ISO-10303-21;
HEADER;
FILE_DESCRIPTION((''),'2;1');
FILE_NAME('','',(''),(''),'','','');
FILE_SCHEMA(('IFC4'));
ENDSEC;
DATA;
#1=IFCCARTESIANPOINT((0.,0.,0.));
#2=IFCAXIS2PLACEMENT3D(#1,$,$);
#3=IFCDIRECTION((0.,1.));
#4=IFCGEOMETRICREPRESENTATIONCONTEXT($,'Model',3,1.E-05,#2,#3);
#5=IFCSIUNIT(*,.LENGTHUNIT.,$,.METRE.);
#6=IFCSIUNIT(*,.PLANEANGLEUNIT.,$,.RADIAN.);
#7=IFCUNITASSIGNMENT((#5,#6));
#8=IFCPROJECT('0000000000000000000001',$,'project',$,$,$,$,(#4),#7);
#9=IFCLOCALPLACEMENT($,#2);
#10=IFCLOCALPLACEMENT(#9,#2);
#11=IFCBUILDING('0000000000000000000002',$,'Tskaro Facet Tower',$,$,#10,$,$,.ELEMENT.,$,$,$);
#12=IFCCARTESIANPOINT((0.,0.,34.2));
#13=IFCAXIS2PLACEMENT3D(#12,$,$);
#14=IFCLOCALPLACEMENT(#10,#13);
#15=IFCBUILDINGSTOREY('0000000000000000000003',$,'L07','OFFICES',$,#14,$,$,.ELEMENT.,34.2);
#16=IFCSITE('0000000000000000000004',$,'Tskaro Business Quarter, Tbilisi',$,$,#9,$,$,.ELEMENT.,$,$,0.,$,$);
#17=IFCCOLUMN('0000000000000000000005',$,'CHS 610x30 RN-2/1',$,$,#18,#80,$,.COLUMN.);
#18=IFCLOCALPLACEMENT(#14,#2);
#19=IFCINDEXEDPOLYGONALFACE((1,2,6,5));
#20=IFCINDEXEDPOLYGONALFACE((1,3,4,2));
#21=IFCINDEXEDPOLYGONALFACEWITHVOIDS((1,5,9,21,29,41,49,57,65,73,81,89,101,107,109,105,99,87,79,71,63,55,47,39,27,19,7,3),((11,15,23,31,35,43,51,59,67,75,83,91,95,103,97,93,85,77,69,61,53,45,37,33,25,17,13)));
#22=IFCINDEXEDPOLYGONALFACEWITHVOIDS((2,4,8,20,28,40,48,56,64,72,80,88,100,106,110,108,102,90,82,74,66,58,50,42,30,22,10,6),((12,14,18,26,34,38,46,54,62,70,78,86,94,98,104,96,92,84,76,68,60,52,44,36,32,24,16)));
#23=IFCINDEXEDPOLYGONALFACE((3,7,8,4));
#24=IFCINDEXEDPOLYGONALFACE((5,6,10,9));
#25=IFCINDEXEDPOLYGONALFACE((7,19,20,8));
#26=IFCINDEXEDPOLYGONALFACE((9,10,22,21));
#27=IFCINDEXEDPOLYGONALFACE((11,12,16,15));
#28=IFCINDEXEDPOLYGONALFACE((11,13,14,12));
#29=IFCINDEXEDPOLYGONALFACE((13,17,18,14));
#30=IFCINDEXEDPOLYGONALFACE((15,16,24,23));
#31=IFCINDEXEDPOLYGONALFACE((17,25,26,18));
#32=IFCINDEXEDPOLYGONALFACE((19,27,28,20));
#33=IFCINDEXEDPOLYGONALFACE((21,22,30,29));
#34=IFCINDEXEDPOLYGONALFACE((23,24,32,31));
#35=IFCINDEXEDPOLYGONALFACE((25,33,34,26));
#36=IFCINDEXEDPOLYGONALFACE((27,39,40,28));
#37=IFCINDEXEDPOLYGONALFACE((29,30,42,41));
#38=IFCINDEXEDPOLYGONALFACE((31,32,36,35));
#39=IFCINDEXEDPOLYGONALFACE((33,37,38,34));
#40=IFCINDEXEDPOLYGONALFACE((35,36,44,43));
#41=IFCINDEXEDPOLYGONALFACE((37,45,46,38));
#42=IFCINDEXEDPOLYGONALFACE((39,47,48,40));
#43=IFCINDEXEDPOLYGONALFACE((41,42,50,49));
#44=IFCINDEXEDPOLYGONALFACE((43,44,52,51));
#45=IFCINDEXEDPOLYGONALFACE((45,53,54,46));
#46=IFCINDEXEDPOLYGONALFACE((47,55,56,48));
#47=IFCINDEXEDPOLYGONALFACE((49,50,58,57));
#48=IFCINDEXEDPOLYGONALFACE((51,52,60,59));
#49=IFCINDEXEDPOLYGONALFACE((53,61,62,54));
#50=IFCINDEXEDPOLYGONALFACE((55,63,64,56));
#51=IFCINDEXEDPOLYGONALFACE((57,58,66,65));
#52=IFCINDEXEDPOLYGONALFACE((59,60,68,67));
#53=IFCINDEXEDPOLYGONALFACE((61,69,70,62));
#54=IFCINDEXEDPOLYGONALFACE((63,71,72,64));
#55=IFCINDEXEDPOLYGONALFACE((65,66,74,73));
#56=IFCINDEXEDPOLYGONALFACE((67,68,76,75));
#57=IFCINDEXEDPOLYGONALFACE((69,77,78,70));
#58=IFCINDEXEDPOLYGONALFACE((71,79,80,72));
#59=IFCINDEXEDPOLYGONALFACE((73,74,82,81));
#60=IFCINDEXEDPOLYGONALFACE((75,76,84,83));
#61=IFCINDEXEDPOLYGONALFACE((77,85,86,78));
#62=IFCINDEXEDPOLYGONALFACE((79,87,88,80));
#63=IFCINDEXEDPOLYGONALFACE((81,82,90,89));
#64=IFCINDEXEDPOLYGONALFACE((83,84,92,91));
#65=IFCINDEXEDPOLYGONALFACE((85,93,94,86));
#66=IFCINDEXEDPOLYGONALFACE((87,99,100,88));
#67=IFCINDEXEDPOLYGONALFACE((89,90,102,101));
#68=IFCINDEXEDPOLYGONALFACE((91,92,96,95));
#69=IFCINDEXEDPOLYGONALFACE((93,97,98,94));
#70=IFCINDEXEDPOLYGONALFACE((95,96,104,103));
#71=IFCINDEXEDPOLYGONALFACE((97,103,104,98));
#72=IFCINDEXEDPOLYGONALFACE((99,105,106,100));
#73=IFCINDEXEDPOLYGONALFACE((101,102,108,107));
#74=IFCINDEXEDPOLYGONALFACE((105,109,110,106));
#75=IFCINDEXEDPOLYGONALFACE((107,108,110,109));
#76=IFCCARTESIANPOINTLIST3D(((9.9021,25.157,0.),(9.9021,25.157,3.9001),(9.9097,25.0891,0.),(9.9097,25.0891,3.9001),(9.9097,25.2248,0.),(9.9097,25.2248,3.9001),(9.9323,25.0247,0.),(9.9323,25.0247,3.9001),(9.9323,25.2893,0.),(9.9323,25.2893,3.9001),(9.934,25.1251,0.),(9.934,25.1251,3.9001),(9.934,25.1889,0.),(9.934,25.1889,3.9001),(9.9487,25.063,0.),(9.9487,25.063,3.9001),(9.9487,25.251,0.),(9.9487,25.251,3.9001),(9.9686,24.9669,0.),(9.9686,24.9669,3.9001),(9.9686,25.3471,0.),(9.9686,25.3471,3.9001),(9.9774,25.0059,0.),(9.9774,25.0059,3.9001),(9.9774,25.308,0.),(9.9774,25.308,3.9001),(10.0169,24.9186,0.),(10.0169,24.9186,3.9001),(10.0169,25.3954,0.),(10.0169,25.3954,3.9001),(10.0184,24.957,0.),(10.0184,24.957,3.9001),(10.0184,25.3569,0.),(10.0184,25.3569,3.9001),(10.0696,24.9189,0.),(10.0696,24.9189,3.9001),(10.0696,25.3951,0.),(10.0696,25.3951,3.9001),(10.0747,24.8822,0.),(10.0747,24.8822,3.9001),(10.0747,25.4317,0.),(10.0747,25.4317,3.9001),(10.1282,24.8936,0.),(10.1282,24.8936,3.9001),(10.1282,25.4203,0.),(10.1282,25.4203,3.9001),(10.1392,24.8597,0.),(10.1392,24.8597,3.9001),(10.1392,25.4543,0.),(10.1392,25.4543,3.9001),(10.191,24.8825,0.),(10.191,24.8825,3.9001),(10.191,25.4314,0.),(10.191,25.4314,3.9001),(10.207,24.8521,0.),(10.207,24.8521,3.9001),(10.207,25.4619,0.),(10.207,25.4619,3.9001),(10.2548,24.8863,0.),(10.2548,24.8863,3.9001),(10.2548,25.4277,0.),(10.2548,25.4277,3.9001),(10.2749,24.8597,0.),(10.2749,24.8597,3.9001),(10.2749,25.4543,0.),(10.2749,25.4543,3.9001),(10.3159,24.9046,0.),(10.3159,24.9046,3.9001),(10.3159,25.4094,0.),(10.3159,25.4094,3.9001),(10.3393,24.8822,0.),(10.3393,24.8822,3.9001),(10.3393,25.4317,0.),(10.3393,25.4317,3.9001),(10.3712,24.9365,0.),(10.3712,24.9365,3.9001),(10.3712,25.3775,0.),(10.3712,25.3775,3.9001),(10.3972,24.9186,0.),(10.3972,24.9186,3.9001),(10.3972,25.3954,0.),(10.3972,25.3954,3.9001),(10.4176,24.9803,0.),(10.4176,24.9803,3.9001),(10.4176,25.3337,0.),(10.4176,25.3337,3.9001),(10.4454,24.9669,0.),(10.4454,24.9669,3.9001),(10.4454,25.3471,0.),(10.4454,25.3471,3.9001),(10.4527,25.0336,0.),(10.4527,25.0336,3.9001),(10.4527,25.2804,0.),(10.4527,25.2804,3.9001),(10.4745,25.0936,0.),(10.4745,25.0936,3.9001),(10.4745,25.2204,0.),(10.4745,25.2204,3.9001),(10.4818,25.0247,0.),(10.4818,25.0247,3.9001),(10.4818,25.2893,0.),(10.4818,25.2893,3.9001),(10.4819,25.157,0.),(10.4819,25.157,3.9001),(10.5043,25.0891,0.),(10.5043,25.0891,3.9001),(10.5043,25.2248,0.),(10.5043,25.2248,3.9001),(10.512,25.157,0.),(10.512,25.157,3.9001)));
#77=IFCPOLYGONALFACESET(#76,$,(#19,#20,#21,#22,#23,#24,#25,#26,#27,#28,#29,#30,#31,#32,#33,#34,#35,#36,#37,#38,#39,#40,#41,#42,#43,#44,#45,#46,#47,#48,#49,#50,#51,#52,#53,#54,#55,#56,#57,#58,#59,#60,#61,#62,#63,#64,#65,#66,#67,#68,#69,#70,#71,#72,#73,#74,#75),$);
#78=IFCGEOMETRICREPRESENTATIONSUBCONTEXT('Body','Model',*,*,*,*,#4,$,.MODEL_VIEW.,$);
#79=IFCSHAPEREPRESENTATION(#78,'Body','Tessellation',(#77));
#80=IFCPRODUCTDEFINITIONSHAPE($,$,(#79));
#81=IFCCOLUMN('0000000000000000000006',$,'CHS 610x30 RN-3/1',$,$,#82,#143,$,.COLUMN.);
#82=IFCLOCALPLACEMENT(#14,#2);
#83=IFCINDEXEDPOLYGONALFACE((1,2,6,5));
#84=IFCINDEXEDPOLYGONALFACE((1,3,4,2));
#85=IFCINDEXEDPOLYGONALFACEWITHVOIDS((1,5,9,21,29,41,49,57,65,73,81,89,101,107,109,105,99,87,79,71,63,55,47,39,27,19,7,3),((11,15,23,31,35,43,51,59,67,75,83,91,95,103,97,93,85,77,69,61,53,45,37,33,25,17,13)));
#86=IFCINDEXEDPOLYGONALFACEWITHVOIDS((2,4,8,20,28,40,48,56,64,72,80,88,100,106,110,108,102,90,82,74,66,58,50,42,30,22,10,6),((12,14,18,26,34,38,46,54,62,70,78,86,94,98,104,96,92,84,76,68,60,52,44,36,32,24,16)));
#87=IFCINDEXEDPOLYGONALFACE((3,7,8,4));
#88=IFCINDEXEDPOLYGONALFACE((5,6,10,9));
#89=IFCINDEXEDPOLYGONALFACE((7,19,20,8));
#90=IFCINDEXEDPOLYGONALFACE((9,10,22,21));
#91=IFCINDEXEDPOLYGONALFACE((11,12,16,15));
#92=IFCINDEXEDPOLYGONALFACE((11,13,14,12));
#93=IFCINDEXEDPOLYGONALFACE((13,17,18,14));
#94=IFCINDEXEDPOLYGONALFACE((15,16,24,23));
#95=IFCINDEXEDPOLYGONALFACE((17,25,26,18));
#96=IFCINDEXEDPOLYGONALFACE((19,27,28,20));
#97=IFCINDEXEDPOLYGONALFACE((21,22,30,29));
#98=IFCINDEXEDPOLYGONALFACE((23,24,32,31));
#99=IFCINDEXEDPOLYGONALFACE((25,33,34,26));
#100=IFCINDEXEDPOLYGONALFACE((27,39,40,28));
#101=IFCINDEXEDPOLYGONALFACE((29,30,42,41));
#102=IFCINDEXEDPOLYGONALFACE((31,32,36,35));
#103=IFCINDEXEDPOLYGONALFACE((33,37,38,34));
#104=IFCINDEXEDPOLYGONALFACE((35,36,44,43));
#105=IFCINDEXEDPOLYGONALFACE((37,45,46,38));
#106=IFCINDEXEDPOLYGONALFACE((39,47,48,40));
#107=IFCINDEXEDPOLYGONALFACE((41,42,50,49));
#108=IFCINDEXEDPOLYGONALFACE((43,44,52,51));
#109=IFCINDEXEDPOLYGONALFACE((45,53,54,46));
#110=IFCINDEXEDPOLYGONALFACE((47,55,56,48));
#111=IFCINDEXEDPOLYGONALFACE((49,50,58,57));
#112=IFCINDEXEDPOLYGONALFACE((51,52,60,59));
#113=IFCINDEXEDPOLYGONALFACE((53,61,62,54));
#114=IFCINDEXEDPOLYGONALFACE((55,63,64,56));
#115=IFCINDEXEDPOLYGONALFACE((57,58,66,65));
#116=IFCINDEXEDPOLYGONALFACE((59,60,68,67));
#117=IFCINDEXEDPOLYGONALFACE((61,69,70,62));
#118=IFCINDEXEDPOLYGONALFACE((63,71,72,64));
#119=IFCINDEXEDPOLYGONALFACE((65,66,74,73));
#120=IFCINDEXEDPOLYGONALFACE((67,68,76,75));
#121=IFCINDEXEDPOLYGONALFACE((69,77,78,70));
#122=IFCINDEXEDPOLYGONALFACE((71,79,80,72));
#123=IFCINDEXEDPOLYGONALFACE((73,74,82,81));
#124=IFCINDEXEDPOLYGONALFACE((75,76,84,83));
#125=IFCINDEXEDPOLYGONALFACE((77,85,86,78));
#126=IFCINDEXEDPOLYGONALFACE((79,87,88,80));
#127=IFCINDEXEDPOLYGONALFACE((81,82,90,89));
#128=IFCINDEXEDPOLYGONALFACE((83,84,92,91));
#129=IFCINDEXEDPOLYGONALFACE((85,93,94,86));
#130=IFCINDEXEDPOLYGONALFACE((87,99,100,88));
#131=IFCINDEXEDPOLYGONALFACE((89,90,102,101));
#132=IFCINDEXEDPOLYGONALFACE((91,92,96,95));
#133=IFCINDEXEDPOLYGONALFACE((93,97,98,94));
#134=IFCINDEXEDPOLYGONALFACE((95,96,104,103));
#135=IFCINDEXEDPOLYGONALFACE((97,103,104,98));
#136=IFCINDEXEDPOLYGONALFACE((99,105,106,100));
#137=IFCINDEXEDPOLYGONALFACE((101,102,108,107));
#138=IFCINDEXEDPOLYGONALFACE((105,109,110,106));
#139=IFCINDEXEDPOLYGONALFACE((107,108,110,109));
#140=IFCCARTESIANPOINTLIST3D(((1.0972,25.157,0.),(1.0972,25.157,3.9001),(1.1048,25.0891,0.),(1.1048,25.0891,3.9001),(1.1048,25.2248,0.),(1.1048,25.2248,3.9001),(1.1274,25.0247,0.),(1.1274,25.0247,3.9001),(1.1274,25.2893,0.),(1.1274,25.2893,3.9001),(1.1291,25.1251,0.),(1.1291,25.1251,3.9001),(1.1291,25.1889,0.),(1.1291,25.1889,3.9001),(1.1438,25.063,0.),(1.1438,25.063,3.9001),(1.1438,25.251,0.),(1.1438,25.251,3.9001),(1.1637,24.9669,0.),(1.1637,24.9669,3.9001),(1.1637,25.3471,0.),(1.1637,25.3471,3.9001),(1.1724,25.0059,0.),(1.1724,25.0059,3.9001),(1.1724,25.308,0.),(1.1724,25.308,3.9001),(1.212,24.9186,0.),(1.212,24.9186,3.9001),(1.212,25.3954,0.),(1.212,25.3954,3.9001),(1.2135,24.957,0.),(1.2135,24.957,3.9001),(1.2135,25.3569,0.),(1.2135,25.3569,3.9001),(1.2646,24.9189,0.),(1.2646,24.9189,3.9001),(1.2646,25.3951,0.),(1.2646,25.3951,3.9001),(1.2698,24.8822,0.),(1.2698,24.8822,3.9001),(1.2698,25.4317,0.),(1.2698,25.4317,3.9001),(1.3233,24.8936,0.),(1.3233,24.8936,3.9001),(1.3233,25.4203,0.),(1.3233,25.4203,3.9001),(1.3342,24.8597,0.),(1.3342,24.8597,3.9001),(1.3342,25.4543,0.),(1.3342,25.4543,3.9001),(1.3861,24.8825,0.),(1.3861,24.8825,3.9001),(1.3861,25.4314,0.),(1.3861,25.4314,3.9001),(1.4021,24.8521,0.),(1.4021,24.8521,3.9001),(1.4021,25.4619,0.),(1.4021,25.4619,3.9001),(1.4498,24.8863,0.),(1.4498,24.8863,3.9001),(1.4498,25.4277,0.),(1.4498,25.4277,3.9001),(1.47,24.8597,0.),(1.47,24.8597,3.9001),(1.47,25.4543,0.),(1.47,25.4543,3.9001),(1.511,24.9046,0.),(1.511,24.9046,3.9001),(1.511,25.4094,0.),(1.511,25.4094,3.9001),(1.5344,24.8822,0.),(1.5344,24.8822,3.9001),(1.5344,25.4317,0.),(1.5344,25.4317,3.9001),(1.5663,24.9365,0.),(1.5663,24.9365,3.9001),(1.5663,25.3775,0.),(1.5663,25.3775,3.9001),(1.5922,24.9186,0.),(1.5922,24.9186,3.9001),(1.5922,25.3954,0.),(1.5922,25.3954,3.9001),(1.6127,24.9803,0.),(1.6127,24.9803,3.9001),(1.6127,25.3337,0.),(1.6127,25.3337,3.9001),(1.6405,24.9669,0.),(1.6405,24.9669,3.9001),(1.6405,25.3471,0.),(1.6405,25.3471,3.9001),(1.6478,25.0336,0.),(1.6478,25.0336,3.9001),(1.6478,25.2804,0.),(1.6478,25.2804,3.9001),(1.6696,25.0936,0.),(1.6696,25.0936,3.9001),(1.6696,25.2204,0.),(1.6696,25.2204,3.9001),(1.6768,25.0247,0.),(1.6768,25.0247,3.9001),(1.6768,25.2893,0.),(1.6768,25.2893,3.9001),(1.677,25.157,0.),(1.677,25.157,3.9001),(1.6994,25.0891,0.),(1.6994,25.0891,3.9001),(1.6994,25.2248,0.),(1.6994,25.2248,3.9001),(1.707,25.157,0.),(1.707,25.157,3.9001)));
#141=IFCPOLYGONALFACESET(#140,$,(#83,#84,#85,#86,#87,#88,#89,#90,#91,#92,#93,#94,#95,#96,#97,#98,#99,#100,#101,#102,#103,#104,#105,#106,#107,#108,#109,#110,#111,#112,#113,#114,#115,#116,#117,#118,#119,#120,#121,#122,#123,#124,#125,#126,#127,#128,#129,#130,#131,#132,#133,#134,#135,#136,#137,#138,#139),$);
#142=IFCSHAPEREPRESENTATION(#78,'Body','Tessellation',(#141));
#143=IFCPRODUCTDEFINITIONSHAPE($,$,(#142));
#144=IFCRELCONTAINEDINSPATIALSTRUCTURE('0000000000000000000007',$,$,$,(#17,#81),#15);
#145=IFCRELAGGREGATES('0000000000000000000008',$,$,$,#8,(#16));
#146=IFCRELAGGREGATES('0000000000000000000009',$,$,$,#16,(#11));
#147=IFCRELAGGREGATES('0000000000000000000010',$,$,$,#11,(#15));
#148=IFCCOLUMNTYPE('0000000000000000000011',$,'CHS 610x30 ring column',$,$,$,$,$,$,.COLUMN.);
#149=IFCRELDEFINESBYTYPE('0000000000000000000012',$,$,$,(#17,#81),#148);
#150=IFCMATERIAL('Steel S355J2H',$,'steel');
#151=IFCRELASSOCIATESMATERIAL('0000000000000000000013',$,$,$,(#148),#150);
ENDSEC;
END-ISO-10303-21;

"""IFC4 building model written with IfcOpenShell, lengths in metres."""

from ifc_helpers import new_model, si_unit, direction, frame, origin, origin_2d, place, context, subcontext, project, spatial, hollow_circle, extrude, material, material_profile, profile_set, type_object, element, save


model = new_model("IFC4")

# Units and contexts
model_context = context("Model", 3, precision=1e-05, world=origin(), true_north=direction((0.0, 1.0)))
body_context = subcontext(model_context, "Body", "Model", "MODEL_VIEW")
ifc_project = project(units=[si_unit("LENGTHUNIT", "METRE"), si_unit("PLANEANGLEUNIT", "RADIAN")], contexts=[model_context])

# Site, building, storey
site_placement = place(None, origin())
site = spatial("IfcSite", under=ifc_project, at=site_placement, Name="Tskaro Business Quarter, Tbilisi", CompositionType="ELEMENT", RefElevation=0.0)
building_placement = place(site_placement, origin())
building = spatial("IfcBuilding", under=site, at=building_placement, Name="Tskaro Facet Tower", CompositionType="ELEMENT")
storey_placement = place(building_placement, frame((0.0, 0.0, 34.2)))
storey = spatial("IfcBuildingStorey", under=building, at=storey_placement, Name="L07", Description="OFFICES", CompositionType="ELEMENT", Elevation=34.2)

# Columns
ifc_material_1 = material(Name="Steel S355J2H", Category="steel")
ifc_material_profile_1 = material_profile(ifc_material_1, hollow_circle(Radius=0.3049, WallThickness=0.03, at=origin_2d()), Name="CHS 610x30")
ifc_profile_set_1 = profile_set([ifc_material_profile_1], Name="Steel S355J2H")
column_type_1 = type_object("IfcColumnType", Name="CHS 610x30 ring column", PredefinedType="COLUMN", material=ifc_profile_set_1)
for number, where, z_axis, x_axis, name in (
    (1, (10.207, 25.157, 0.0), (0.0, 0.0, 1.0), (1.0, 0.0, 0.0), "CHS 610x30 RN-2/1"),
    (2, (1.4021, 25.157, 0.0), (0.0, 0.0, 1.0), (1.0, 0.0, 0.0), "CHS 610x30 RN-3/1"),
):
    element("IfcColumn", number, at=place(storey_placement, frame(where, z_axis=z_axis, x_axis=x_axis)), inside=storey, type_object=column_type_1, Name=name, PredefinedType="COLUMN", context=body_context, shape_type="SweptSolid", body=[
        extrude(hollow_circle(Radius=0.3049, WallThickness=0.03, at=origin_2d()), origin(), (0.0, 0.0, 1.0), 3.9001),
    ])

save(model, "model.ifc")
